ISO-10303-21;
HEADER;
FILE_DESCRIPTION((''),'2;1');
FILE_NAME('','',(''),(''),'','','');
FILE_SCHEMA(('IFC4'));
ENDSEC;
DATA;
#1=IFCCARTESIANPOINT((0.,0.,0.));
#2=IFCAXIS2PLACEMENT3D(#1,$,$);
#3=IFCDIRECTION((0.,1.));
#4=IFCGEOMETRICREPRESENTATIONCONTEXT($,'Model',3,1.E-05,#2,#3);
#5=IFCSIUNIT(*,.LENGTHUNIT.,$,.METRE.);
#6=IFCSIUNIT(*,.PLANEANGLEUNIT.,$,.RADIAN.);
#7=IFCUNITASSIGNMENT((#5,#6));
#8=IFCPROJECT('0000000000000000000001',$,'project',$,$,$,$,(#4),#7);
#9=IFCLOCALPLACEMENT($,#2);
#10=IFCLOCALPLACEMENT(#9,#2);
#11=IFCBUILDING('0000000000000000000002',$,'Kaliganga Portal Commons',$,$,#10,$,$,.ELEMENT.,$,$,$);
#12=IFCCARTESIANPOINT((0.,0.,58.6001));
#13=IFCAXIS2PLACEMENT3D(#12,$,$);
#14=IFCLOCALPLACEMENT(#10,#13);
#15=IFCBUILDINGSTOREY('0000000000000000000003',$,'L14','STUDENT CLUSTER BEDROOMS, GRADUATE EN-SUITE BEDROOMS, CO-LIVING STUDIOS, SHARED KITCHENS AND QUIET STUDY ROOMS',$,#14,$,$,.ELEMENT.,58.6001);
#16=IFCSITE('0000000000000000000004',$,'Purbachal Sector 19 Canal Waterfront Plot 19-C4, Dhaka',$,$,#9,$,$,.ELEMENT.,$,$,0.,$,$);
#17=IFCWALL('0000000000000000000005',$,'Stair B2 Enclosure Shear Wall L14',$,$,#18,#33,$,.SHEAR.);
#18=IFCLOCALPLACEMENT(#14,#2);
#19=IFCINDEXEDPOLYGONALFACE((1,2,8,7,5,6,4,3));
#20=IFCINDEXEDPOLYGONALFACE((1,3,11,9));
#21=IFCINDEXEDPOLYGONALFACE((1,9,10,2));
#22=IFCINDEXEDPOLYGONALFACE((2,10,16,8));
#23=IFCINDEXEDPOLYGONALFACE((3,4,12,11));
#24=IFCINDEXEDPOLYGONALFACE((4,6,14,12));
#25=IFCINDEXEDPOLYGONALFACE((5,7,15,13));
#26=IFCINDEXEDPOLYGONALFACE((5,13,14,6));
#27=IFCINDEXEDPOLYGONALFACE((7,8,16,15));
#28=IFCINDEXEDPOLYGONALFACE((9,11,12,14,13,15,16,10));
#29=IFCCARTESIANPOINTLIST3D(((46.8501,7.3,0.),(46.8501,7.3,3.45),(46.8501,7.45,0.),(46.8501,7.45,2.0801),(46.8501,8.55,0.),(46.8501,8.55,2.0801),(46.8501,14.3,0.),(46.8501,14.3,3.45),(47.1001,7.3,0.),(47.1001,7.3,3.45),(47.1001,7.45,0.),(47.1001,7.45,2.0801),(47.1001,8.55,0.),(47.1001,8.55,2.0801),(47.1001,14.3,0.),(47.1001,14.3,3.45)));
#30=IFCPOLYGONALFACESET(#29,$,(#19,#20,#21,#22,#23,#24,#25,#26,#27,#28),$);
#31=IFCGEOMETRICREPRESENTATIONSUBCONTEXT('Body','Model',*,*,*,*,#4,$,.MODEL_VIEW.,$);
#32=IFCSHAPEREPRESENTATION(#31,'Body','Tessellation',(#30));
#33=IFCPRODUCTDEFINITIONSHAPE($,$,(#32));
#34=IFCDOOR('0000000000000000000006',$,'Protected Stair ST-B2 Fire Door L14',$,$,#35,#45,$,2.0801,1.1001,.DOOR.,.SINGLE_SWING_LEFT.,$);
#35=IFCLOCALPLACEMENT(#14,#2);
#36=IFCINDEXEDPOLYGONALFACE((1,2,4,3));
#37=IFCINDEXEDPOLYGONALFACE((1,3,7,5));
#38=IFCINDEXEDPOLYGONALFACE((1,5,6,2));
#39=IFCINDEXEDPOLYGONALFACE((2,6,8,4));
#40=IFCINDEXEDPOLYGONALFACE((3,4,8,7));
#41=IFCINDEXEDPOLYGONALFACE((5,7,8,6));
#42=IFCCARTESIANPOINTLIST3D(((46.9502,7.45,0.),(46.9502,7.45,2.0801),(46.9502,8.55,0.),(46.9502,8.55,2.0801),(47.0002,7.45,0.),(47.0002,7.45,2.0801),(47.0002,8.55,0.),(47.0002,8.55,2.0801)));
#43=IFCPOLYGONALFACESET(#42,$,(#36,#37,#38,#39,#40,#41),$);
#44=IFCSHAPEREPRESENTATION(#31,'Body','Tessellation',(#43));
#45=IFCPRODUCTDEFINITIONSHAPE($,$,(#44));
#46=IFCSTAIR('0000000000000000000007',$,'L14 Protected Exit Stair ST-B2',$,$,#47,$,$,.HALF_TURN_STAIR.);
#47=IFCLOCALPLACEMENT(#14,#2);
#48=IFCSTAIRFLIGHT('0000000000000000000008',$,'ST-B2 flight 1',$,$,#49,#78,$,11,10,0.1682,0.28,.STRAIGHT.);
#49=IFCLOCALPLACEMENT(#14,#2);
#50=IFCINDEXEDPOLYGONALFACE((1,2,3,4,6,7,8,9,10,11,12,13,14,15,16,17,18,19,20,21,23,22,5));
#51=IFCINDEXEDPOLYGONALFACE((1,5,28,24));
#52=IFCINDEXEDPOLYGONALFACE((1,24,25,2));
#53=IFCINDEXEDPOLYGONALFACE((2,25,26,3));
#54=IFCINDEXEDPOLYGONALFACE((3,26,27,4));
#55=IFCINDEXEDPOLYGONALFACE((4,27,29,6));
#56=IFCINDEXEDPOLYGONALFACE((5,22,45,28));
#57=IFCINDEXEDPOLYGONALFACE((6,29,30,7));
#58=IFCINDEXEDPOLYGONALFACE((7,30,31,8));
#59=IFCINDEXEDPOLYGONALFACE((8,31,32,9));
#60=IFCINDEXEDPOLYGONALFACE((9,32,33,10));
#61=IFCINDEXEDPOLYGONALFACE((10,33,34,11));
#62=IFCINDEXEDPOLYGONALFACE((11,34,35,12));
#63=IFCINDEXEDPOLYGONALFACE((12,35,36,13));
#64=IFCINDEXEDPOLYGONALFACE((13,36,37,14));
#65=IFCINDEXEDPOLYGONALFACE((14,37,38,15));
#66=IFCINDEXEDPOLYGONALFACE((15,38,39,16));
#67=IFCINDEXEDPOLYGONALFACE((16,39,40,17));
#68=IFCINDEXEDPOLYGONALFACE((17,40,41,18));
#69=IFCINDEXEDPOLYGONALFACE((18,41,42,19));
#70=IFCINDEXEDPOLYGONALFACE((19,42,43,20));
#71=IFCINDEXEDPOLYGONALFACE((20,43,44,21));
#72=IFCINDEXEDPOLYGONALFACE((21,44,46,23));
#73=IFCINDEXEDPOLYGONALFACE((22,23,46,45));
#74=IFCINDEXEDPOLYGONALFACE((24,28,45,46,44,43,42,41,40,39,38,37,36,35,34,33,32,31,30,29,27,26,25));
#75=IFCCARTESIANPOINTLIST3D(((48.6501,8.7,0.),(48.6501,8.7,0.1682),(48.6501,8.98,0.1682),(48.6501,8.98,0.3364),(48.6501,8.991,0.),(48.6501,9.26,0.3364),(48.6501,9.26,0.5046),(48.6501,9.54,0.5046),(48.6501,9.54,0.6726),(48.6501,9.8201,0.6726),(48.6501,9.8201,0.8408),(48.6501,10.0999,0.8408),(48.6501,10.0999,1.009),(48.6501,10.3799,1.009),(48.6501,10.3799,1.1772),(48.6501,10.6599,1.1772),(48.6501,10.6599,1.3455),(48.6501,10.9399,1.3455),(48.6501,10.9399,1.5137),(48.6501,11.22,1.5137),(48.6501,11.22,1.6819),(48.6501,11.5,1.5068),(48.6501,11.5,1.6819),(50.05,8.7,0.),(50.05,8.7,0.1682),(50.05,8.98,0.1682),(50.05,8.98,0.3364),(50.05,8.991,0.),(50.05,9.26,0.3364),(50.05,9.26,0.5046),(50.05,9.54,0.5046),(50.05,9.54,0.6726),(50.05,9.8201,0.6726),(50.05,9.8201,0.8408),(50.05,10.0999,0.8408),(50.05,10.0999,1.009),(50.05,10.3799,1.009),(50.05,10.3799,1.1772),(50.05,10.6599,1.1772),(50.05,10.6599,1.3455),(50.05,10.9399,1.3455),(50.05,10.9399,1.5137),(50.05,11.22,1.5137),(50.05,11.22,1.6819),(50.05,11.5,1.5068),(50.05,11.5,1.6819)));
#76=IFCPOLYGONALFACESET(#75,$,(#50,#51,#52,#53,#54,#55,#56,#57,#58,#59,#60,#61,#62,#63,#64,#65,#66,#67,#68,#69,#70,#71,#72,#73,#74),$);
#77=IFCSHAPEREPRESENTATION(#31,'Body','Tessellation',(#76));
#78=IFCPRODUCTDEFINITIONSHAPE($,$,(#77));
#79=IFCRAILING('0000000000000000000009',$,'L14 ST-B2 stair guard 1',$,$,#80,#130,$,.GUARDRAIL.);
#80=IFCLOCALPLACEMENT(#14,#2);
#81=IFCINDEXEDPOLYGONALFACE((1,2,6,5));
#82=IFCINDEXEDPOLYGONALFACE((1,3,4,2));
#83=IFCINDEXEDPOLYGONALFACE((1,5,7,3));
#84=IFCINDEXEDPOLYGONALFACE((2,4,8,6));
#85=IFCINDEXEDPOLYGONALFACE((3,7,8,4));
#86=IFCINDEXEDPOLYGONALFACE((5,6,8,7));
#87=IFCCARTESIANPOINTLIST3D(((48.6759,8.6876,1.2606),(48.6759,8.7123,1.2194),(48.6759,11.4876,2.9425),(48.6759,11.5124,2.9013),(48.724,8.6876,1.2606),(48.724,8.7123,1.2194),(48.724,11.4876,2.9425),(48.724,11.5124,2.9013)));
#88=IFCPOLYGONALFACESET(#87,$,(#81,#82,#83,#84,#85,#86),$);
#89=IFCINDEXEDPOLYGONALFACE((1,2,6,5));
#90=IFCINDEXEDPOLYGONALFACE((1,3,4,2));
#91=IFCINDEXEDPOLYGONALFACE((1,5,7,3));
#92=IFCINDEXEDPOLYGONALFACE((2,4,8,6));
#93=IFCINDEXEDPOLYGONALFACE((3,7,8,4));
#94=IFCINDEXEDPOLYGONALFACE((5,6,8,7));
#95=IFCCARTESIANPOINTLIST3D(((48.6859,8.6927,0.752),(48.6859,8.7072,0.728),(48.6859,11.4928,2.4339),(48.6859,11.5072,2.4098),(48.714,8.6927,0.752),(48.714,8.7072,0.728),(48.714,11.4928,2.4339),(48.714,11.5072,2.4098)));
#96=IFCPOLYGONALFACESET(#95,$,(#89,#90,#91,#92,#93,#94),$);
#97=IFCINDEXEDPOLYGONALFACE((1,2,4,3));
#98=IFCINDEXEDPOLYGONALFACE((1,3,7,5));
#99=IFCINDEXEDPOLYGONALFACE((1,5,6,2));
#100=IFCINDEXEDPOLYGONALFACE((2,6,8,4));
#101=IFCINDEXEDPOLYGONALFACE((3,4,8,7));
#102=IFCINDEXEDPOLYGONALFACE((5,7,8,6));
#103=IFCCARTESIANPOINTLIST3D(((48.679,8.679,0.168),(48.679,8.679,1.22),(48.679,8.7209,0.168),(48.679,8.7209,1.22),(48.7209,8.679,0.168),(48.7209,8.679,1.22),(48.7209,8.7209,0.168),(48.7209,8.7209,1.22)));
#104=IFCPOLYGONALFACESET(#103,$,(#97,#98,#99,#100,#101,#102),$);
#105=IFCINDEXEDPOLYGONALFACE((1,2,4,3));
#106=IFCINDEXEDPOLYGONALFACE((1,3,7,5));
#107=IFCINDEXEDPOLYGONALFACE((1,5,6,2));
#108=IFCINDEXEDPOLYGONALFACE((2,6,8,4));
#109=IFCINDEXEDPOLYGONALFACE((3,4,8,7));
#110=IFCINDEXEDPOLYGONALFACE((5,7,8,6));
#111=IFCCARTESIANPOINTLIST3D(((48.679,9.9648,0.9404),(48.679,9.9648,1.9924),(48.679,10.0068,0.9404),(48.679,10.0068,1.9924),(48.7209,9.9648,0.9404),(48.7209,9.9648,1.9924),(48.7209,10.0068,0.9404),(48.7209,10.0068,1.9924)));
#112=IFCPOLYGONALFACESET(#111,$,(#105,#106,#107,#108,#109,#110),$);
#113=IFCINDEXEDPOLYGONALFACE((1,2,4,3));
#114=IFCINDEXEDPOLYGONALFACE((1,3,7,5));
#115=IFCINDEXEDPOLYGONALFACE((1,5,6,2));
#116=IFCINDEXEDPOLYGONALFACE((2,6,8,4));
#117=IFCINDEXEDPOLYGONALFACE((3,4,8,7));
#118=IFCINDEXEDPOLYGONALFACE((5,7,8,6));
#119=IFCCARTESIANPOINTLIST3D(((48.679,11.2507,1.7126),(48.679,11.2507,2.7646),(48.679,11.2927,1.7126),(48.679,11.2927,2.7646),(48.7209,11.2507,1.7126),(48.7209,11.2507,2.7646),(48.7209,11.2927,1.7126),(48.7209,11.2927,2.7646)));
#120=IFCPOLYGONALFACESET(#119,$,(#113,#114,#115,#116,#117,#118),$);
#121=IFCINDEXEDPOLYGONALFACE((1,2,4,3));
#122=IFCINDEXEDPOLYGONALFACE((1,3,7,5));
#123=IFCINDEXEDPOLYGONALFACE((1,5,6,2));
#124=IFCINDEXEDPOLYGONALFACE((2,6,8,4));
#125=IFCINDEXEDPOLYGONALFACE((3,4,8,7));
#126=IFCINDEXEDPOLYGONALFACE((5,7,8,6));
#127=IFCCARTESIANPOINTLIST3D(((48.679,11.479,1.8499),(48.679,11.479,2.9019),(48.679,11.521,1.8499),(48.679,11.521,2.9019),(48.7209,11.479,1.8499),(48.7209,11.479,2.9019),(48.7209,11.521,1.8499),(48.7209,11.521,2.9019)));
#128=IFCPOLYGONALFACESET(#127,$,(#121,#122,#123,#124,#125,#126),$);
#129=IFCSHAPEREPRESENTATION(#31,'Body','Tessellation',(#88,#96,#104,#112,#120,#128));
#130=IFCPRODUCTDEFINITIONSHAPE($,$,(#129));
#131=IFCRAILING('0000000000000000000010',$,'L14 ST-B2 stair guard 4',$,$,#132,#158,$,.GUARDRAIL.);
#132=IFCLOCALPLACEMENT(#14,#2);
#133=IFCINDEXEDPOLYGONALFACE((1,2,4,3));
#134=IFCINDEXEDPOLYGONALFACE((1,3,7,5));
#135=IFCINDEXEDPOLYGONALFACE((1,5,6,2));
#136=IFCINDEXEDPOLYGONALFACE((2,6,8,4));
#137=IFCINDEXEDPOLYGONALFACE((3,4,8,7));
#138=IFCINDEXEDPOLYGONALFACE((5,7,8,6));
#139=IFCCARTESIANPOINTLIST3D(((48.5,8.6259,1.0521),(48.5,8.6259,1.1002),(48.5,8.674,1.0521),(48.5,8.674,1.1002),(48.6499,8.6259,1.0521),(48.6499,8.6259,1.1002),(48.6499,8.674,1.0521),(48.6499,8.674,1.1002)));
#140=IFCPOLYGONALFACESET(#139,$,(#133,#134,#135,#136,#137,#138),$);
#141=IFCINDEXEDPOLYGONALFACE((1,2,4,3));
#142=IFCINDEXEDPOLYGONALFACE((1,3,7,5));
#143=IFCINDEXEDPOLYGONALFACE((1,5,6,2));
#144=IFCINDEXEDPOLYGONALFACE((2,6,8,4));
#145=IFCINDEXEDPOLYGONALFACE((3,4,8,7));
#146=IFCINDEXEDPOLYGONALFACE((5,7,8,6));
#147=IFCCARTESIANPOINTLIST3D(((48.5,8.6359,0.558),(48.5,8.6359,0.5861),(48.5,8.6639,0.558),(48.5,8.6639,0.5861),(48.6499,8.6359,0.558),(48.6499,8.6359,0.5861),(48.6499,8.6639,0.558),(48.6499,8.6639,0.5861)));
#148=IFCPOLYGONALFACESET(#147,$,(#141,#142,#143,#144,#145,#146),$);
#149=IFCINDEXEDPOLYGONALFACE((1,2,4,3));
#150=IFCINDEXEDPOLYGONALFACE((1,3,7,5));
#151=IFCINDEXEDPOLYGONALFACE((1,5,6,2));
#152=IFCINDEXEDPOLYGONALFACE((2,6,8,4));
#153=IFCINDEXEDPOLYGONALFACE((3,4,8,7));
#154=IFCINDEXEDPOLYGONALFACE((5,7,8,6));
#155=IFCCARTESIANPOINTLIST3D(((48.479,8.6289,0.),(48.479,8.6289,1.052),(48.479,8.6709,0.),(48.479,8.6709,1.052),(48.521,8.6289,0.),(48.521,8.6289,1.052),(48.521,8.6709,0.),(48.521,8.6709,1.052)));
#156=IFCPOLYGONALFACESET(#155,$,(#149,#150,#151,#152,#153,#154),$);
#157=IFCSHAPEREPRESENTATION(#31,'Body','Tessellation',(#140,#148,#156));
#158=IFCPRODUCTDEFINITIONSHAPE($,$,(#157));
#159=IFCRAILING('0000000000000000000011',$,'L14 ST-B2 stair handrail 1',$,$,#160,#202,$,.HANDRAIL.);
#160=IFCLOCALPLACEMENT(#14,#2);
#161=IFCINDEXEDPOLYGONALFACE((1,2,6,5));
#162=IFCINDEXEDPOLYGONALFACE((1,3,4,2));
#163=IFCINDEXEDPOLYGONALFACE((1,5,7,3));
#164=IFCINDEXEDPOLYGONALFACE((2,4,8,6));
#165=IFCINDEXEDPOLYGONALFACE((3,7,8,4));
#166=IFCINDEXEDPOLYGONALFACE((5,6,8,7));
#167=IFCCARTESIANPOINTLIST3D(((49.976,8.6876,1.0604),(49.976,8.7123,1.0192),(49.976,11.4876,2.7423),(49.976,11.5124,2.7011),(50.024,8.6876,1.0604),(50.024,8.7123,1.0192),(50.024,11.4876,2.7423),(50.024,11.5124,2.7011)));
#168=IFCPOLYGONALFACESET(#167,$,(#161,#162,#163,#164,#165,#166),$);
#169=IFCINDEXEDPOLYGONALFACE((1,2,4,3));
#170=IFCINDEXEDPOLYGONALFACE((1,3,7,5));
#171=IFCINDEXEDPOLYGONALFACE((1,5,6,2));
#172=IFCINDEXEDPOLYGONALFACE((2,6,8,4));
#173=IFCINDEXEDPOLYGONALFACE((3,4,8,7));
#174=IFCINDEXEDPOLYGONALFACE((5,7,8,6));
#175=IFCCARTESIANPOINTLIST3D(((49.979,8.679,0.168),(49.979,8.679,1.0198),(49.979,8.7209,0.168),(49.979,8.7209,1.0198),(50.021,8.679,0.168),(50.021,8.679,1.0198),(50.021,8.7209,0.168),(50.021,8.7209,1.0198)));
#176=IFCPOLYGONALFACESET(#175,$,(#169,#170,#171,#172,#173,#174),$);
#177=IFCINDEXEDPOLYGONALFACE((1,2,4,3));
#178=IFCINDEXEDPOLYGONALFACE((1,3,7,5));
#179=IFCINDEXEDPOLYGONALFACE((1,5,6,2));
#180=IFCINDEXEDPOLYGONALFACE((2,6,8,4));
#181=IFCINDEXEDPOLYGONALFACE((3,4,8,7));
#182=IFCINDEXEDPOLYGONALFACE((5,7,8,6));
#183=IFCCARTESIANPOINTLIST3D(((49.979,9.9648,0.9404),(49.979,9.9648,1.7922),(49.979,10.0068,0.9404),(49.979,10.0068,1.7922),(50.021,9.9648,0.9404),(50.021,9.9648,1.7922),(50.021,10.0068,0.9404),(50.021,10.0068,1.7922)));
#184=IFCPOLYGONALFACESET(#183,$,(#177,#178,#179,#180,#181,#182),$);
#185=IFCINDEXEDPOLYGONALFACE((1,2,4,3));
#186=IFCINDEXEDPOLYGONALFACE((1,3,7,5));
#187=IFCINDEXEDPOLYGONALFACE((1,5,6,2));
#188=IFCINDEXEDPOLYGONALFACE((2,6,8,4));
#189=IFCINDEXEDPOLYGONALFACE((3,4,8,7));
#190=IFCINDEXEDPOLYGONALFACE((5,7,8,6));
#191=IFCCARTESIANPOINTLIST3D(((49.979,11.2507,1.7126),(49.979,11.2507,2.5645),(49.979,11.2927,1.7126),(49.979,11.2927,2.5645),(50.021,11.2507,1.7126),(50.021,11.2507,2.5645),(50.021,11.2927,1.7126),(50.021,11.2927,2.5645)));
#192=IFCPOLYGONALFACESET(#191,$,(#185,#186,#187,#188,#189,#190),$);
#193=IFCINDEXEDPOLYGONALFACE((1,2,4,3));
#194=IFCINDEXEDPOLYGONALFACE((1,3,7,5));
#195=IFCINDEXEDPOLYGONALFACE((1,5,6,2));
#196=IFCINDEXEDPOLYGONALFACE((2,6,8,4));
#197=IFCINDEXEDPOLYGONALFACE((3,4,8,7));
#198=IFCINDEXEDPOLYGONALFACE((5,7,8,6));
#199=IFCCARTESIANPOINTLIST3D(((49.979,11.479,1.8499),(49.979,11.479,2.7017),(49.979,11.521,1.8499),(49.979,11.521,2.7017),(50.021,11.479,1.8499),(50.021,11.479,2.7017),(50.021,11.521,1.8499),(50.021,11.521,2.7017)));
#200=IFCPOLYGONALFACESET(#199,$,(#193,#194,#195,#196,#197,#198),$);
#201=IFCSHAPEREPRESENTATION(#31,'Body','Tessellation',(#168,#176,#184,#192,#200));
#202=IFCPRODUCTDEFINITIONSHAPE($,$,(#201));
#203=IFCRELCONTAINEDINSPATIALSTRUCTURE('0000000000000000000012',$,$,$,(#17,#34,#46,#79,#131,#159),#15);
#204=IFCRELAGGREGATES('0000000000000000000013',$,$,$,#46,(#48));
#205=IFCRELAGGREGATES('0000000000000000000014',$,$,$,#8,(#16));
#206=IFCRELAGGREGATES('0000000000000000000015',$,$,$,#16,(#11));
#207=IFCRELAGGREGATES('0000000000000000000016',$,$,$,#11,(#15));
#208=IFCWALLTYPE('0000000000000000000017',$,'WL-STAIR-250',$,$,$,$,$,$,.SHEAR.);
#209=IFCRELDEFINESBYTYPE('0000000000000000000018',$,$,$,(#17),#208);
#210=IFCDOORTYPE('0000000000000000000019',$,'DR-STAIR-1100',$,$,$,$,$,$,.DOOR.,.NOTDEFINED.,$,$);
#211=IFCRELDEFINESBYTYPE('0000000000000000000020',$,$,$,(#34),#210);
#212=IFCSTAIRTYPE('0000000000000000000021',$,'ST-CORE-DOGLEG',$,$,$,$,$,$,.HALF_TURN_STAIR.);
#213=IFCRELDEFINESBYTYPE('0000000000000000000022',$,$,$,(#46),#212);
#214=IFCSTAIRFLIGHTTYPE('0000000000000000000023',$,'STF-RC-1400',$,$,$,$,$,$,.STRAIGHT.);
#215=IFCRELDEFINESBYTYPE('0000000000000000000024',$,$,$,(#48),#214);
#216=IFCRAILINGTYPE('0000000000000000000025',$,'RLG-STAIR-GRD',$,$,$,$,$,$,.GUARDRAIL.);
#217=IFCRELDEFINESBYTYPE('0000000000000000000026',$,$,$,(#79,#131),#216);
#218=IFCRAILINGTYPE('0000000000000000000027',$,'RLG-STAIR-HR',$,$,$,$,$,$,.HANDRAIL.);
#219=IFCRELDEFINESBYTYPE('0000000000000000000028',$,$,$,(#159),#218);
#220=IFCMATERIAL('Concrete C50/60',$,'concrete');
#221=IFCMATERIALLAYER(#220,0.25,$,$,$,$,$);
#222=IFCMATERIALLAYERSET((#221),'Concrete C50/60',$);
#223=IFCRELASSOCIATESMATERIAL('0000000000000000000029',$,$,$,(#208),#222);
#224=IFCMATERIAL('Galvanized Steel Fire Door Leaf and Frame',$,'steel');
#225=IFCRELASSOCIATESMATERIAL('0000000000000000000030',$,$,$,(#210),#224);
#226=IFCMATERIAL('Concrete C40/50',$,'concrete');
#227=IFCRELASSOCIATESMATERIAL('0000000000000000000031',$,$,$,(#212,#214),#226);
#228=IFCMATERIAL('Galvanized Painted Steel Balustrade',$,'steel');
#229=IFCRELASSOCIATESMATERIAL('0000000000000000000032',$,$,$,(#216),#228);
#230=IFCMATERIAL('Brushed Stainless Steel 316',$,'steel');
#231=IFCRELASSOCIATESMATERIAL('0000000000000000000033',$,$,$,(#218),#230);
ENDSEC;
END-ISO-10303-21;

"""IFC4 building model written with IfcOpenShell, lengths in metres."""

from ifc_helpers import new_model, si_unit, direction, frame, frame_2d, origin, origin_2d, place, context, subcontext, project, spatial, polyline, rectangle, outline, extrude, material, layer, layer_set, type_object, element, fill, aggregate, save


model = new_model("IFC4")

# Units and contexts
model_context = context("Model", 3, precision=1e-05, world=origin(), true_north=direction((0.0, 1.0)))
body_context = subcontext(model_context, "Body", "Model", "MODEL_VIEW")
ifc_project = project(units=[si_unit("LENGTHUNIT", "METRE"), si_unit("PLANEANGLEUNIT", "RADIAN")], contexts=[model_context])

# Site, building, storey
site_placement = place(None, origin())
site = spatial("IfcSite", under=ifc_project, at=site_placement, Name="Purbachal Sector 19 Canal Waterfront Plot 19-C4, Dhaka", CompositionType="ELEMENT", RefElevation=0.0)
building_placement = place(site_placement, origin())
building = spatial("IfcBuilding", under=site, at=building_placement, Name="Kaliganga Portal Commons", CompositionType="ELEMENT")
storey_placement = place(building_placement, frame((0.0, 0.0, 58.6001)))
storey = spatial("IfcBuildingStorey", under=building, at=storey_placement, Name="L14", Description="STUDENT CLUSTER BEDROOMS, GRADUATE EN-SUITE BEDROOMS, CO-LIVING STUDIOS, SHARED KITCHENS AND QUIET STUDY ROOMS", CompositionType="ELEMENT", Elevation=58.6001)

# Wall, opening, door
ifc_material_1 = material(Name="Concrete C50/60", Category="concrete")
ifc_layer_1 = layer(ifc_material_1, 0.25)
ifc_layer_set_1 = layer_set([ifc_layer_1], Name="Concrete C50/60")
wall_type_1 = type_object("IfcWallType", Name="WL-STAIR-250", PredefinedType="SHEAR", material=ifc_layer_set_1)
wall_1_placement = place(storey_placement, frame((46.9751, 7.3, 0.0), z_axis=(0.0, 0.0, 1.0), x_axis=(0.0, 1.0, 0.0)))
wall_1 = element("IfcWall", 1, at=wall_1_placement, inside=storey, type_object=wall_type_1, Name="Stair B2 Enclosure Shear Wall L14", PredefinedType="SHEAR", context=body_context, shape_type="SweptSolid", body=[
    extrude(rectangle(XDim=7.0, YDim=0.25, at=frame_2d((3.5, 0.0))), origin(), (0.0, 0.0, 1.0), 3.45),
])
opening_1_placement = place(wall_1_placement, frame((0.1499, 0.0, 0.0)))
opening_1 = element("IfcOpeningElement", 2, at=opening_1_placement, cuts=wall_1, PredefinedType="OPENING", context=body_context, shape_type="SweptSolid", body=[
    extrude(rectangle(XDim=1.1001, YDim=2.0801, at=frame_2d((0.55, 1.04))), frame((0.0, 0.135, 0.0), z_axis=(0.0, -1.0, 0.0), x_axis=(1.0, 0.0, 0.0)), (0.0, 0.0, 1.0), 0.27),
])
ifc_material_2 = material(Name="Galvanized Steel Fire Door Leaf and Frame", Category="steel")
door_type = type_object("IfcDoorType", Name="DR-STAIR-1100", OperationType="NOTDEFINED", PredefinedType="DOOR", material=ifc_material_2)
door_placement = place(opening_1_placement, origin())
door = element("IfcDoor", 3, at=door_placement, inside=storey, type_object=door_type, Name="Protected Stair ST-B2 Fire Door L14", OperationType="SINGLE_SWING_LEFT", OverallHeight=2.0801, OverallWidth=1.1001, PredefinedType="DOOR", context=body_context, shape_type="SweptSolid", body=[
    extrude(rectangle(XDim=1.1001, YDim=2.0801, at=frame_2d((0.55, 1.04))), frame((0.0, 0.0249, 0.0), z_axis=(0.0, -1.0, 0.0), x_axis=(1.0, 0.0, 0.0)), (0.0, 0.0, 1.0), 0.05),
])
fill(opening_1, door)

# Stair, stair flight
ifc_material_3 = material(Name="Concrete C40/50", Category="concrete")
stair_type = type_object("IfcStairType", Name="ST-CORE-DOGLEG", PredefinedType="HALF_TURN_STAIR", material=ifc_material_3)
stair_placement = place(storey_placement, origin())
stair = element("IfcStair", 4, at=stair_placement, inside=storey, type_object=stair_type, Name="L14 Protected Exit Stair ST-B2", PredefinedType="HALF_TURN_STAIR")
stair_flight_type = type_object("IfcStairFlightType", Name="STF-RC-1400", PredefinedType="STRAIGHT", material=ifc_material_3)
stair_flight_placement = place(storey_placement, frame((49.3501, 8.7, 0.0), z_axis=(0.0, 0.0, 1.0), x_axis=(0.0, 1.0, 0.0)))
stair_flight = element("IfcStairFlight", 5, at=stair_flight_placement, type_object=stair_flight_type, Name="ST-B2 flight 1", NumberOfRisers=11, NumberOfTreads=10, PredefinedType="STRAIGHT", RiserHeight=0.1682, TreadLength=0.28, context=body_context, shape_type="SweptSolid", body=[
    extrude(outline(polyline([(0.0, 0.0), (0.0, 0.1682), (0.28, 0.1682), (0.28, 0.3364), (0.5601, 0.3364), (0.5601, 0.5046), (0.8401, 0.5046), (0.8401, 0.6726), (1.1201, 0.6726), (1.1201, 0.8408), (1.3999, 0.8408), (1.3999, 1.009), (1.6799, 1.009), (1.6799, 1.1772), (1.96, 1.1772), (1.96, 1.3455), (2.24, 1.3455), (2.24, 1.5137), (2.52, 1.5137), (2.52, 1.6819), (2.8, 1.6819), (2.8, 1.8501), (2.8, 1.5068), (0.291, 0.0), (0.0, 0.0)])), frame((0.0, 0.7, 0.0), z_axis=(0.0, -1.0, 0.0), x_axis=(1.0, 0.0, 0.0)), (0.0, 0.0, 1.0), 1.3999),
])
aggregate(stair, [stair_flight])

# Railings
ifc_material_4 = material(Name="Galvanized Painted Steel Balustrade", Category="steel")
railing_type_1 = type_object("IfcRailingType", Name="RLG-STAIR-GRD", PredefinedType="GUARDRAIL", material=ifc_material_4)
railing_1_placement = place(storey_placement, frame((48.7, 8.7, 0.168)))
element("IfcRailing", 6, at=railing_1_placement, inside=storey, type_object=railing_type_1, Name="L14 ST-B2 stair guard 1", PredefinedType="GUARDRAIL", context=body_context, shape_type="SweptSolid", body=[
    extrude(rectangle(XDim=0.0481, YDim=0.0481, at=origin_2d()), frame((0.0, 0.0, 1.072), z_axis=(0.0, 0.857242, 0.514913), x_axis=(-1.0, 0.0, 0.0)), (0.0, 0.0, 1.0), 3.2664),
    extrude(rectangle(XDim=0.0281, YDim=0.0281, at=origin_2d()), frame((0.0, 0.0, 0.572), z_axis=(0.0, 0.857242, 0.514913), x_axis=(-1.0, 0.0, 0.0)), (0.0, 0.0, 1.0), 3.2664),
    extrude(rectangle(XDim=0.042, YDim=0.042, at=origin_2d()), origin(), (0.0, 0.0, 1.0), 1.052),
    extrude(rectangle(XDim=0.042, YDim=0.042, at=origin_2d()), frame((0.0, 1.2859, 0.7725)), (0.0, 0.0, 1.0), 1.052),
    extrude(rectangle(XDim=0.042, YDim=0.042, at=origin_2d()), frame((0.0, 2.5718, 1.5447)), (0.0, 0.0, 1.0), 1.052),
    extrude(rectangle(XDim=0.042, YDim=0.042, at=origin_2d()), frame((0.0, 2.8, 1.6819)), (0.0, 0.0, 1.0), 1.052),
])
railing_2_placement = place(storey_placement, frame((48.6499, 8.6499, 0.0)))
element("IfcRailing", 7, at=railing_2_placement, inside=storey, type_object=railing_type_1, Name="L14 ST-B2 stair guard 4", PredefinedType="GUARDRAIL", context=body_context, shape_type="SweptSolid", body=[
    extrude(rectangle(XDim=0.0481, YDim=0.0481, at=origin_2d()), frame((0.0, 0.0, 1.0762), z_axis=(-1.0, 0.0, 0.0), x_axis=(0.0, -1.0, 0.0)), (0.0, 0.0, 1.0), 0.1499),
    extrude(rectangle(XDim=0.0281, YDim=0.0281, at=origin_2d()), frame((0.0, 0.0, 0.572), z_axis=(-1.0, 0.0, 0.0), x_axis=(0.0, -1.0, 0.0)), (0.0, 0.0, 1.0), 0.1499),
    extrude(rectangle(XDim=0.042, YDim=0.042, at=origin_2d()), frame((-0.1499, 0.0, 0.0)), (0.0, 0.0, 1.0), 1.052),
])
ifc_material_5 = material(Name="Brushed Stainless Steel 316", Category="steel")
railing_type_2 = type_object("IfcRailingType", Name="RLG-STAIR-HR", PredefinedType="HANDRAIL", material=ifc_material_5)
railing_3_placement = place(storey_placement, frame((50.0, 8.7, 0.168)))
element("IfcRailing", 8, at=railing_3_placement, inside=storey, type_object=railing_type_2, Name="L14 ST-B2 stair handrail 1", PredefinedType="HANDRAIL", context=body_context, shape_type="SweptSolid", body=[
    extrude(rectangle(XDim=0.0481, YDim=0.0481, at=origin_2d()), frame((0.0, 0.0, 0.8718), z_axis=(0.0, 0.857242, 0.514913), x_axis=(-1.0, 0.0, 0.0)), (0.0, 0.0, 1.0), 3.2664),
    extrude(rectangle(XDim=0.042, YDim=0.042, at=origin_2d()), origin(), (0.0, 0.0, 1.0), 0.8518),
    extrude(rectangle(XDim=0.042, YDim=0.042, at=origin_2d()), frame((0.0, 1.2859, 0.7725)), (0.0, 0.0, 1.0), 0.8518),
    extrude(rectangle(XDim=0.042, YDim=0.042, at=origin_2d()), frame((0.0, 2.5718, 1.5447)), (0.0, 0.0, 1.0), 0.8518),
    extrude(rectangle(XDim=0.042, YDim=0.042, at=origin_2d()), frame((0.0, 2.8, 1.6819)), (0.0, 0.0, 1.0), 0.8518),
])

save(model, "model.ifc")
